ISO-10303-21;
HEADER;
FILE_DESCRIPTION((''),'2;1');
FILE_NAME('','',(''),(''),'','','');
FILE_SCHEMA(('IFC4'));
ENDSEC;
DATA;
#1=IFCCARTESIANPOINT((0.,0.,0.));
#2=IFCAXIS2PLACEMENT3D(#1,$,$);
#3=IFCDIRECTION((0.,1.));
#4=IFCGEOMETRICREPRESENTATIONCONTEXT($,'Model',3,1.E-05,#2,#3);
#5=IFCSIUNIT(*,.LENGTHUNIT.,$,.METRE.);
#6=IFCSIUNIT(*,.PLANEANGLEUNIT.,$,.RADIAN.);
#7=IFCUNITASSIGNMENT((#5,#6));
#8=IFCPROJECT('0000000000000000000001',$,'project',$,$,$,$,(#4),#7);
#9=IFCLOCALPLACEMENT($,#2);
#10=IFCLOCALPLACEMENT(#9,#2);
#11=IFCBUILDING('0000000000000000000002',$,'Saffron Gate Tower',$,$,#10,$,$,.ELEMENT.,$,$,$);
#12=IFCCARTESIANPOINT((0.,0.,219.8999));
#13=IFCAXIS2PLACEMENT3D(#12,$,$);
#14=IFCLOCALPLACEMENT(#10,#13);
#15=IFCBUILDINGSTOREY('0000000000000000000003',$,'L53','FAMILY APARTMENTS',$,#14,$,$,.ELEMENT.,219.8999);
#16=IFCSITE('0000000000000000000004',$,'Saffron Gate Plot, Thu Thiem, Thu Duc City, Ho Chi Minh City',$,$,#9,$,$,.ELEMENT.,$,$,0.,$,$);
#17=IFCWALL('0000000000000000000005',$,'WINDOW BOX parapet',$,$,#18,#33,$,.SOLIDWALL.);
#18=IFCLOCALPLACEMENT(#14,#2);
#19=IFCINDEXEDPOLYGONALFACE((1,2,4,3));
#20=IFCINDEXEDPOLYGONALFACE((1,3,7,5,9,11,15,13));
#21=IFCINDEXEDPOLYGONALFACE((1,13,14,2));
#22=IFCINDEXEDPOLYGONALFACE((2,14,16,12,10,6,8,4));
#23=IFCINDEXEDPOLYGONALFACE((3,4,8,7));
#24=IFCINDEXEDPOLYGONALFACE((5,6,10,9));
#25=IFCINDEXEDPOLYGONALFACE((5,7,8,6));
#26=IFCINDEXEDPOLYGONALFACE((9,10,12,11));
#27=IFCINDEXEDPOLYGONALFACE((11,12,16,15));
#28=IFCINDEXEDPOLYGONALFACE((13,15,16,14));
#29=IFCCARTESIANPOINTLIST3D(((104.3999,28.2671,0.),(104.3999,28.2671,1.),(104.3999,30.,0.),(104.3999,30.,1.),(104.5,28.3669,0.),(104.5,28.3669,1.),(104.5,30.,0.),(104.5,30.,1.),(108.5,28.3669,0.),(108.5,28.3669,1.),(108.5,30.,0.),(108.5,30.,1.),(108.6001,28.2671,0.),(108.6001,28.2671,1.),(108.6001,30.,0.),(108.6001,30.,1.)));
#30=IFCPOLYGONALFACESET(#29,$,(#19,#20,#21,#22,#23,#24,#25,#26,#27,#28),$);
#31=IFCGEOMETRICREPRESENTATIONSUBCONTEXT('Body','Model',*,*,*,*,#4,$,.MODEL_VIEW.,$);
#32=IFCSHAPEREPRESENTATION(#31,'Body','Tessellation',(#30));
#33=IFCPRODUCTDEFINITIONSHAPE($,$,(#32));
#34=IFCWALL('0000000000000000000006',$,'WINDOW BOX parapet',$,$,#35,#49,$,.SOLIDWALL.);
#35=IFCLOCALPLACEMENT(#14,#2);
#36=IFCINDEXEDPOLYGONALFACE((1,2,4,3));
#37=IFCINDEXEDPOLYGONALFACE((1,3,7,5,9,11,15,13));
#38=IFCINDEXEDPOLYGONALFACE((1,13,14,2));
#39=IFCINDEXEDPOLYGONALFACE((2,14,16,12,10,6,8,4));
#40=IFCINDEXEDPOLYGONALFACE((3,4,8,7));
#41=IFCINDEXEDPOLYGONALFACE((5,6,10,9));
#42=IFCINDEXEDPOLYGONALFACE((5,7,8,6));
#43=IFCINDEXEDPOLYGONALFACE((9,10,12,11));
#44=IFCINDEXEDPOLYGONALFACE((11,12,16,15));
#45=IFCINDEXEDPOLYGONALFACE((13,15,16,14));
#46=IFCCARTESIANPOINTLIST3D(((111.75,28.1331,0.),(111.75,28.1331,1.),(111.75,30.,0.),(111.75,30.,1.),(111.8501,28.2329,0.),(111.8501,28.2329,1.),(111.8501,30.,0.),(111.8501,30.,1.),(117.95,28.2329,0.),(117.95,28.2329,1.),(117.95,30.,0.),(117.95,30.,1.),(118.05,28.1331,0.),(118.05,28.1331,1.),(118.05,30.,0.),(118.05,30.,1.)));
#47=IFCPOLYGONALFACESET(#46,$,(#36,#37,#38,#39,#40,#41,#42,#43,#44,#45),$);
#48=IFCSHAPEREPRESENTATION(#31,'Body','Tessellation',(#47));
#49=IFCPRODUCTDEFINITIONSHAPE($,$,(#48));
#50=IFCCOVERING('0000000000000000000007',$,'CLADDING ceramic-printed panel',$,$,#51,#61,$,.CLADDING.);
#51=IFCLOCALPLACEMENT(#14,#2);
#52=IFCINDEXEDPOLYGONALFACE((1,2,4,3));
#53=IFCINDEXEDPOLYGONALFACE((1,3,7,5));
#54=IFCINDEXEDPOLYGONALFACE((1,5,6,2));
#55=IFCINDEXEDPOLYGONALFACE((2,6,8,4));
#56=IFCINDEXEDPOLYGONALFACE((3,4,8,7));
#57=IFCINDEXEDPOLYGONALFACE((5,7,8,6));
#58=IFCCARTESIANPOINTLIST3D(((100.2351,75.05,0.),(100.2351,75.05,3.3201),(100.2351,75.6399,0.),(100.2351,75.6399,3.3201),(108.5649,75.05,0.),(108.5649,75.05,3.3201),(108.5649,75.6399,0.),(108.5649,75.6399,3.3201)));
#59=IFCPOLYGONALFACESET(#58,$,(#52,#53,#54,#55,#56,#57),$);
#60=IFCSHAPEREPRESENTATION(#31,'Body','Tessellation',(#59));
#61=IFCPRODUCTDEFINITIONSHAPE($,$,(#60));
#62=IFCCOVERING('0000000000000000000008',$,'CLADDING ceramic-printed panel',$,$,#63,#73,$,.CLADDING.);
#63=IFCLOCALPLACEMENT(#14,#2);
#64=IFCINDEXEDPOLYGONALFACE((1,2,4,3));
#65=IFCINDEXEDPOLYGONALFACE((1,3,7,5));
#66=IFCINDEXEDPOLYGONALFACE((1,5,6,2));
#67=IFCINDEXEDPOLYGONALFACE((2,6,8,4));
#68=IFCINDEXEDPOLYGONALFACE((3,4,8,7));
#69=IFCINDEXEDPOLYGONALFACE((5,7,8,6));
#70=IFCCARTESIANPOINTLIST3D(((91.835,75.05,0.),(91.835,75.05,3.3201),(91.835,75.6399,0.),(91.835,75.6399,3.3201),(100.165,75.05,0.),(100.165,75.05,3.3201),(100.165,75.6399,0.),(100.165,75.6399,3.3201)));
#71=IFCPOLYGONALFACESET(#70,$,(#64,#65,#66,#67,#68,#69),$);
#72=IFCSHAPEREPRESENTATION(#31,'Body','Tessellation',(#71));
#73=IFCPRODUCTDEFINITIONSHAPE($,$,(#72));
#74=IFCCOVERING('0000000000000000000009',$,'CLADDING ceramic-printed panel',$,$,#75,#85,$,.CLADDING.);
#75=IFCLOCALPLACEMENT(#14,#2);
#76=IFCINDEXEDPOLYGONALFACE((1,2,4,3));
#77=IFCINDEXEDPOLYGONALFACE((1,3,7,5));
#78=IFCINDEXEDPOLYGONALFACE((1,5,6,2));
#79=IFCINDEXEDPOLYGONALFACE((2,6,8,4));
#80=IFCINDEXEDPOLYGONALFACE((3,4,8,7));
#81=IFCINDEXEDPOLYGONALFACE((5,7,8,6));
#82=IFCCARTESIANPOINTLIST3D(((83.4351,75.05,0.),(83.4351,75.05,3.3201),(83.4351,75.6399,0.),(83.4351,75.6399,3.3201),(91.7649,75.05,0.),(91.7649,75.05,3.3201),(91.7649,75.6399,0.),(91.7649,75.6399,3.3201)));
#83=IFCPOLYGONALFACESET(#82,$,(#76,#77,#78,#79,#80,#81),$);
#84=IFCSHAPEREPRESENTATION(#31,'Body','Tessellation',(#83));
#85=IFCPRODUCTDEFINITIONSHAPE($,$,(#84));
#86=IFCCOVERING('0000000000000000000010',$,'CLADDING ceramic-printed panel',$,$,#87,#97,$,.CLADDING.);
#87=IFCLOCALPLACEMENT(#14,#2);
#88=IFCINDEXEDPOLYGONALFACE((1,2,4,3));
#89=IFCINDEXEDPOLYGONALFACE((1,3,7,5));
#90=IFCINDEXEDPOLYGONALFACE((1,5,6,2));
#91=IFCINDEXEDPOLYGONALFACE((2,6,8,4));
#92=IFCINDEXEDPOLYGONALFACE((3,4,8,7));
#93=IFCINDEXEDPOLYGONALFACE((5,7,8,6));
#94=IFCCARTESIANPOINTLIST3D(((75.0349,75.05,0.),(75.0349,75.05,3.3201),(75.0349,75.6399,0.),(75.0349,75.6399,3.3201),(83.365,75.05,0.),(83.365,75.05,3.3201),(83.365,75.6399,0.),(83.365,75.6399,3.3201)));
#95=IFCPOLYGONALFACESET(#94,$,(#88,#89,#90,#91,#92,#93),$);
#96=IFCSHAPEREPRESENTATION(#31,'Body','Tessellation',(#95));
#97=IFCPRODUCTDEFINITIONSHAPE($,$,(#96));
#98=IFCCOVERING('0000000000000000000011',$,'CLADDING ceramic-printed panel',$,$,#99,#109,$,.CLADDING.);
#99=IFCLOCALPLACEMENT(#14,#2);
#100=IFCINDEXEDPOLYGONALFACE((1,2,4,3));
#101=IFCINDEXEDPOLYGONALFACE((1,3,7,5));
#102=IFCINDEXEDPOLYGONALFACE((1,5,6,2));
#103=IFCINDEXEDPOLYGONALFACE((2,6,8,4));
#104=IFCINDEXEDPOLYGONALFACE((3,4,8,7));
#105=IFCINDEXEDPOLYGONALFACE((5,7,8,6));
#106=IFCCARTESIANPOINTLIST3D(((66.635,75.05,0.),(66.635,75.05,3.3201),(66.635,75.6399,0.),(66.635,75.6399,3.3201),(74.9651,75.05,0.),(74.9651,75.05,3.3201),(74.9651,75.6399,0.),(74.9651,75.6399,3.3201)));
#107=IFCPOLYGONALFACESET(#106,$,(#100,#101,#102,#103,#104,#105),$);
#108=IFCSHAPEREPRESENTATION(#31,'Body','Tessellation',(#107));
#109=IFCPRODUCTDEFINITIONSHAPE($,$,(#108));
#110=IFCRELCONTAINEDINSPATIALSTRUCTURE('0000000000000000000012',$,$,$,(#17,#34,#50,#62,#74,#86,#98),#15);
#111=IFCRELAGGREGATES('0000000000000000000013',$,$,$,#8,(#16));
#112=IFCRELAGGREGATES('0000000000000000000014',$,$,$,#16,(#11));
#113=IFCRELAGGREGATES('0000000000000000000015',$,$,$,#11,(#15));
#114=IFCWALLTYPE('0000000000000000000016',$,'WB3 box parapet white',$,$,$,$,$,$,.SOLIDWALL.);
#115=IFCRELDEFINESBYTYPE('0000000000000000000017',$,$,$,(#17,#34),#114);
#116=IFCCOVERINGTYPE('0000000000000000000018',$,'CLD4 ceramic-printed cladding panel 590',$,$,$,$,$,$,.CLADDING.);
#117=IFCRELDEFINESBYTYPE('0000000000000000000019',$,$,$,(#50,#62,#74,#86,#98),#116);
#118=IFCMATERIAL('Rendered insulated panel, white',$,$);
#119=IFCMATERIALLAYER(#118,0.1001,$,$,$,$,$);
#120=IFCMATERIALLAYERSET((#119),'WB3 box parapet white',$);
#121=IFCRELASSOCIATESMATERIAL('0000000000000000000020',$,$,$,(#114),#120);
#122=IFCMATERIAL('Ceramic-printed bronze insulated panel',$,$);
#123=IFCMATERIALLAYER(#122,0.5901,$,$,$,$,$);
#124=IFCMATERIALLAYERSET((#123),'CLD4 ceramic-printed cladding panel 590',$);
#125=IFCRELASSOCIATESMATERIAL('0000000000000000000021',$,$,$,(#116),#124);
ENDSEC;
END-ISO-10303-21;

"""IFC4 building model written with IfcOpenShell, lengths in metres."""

from ifc_helpers import new_model, si_unit, direction, frame, origin, place, context, subcontext, project, spatial, polyline, outline, extrude, material, layer, layer_set, type_object, element, save


model = new_model("IFC4")

# Units and contexts
model_context = context("Model", 3, precision=1e-05, world=origin(), true_north=direction((0.0, 1.0)))
body_context = subcontext(model_context, "Body", "Model", "MODEL_VIEW")
ifc_project = project(units=[si_unit("LENGTHUNIT", "METRE"), si_unit("PLANEANGLEUNIT", "RADIAN")], contexts=[model_context])

# Site, building, storey
site_placement = place(None, origin())
site = spatial("IfcSite", under=ifc_project, at=site_placement, Name="Saffron Gate Plot, Thu Thiem, Thu Duc City, Ho Chi Minh City", CompositionType="ELEMENT", RefElevation=0.0)
building_placement = place(site_placement, origin())
building = spatial("IfcBuilding", under=site, at=building_placement, Name="Saffron Gate Tower", CompositionType="ELEMENT")
storey_placement = place(building_placement, frame((0.0, 0.0, 219.8999)))
storey = spatial("IfcBuildingStorey", under=building, at=storey_placement, Name="L53", Description="FAMILY APARTMENTS", CompositionType="ELEMENT", Elevation=219.8999)

# Walls
ifc_material_1 = material(Name="Rendered insulated panel, white")
ifc_layer_1 = layer(ifc_material_1, 0.1001)
ifc_layer_set_1 = layer_set([ifc_layer_1], Name="WB3 box parapet white")
wall_type = type_object("IfcWallType", Name="WB3 box parapet white", PredefinedType="SOLIDWALL", material=ifc_layer_set_1)
wall_1_placement = place(storey_placement, origin())
element("IfcWall", 1, at=wall_1_placement, inside=storey, type_object=wall_type, Name="WINDOW BOX parapet", PredefinedType="SOLIDWALL", context=body_context, shape_type="SweptSolid", body=[
    extrude(outline(polyline([(104.3999, 30.0), (104.5, 30.0), (104.5, 28.3669), (108.5, 28.3669), (108.5, 30.0), (108.6001, 30.0), (108.6001, 28.2671), (104.3999, 28.2671), (104.3999, 30.0)])), origin(), (0.0, 0.0, 1.0), 1.0),
])
wall_2_placement = place(storey_placement, origin())
element("IfcWall", 2, at=wall_2_placement, inside=storey, type_object=wall_type, Name="WINDOW BOX parapet", PredefinedType="SOLIDWALL", context=body_context, shape_type="SweptSolid", body=[
    extrude(outline(polyline([(111.75, 30.0), (111.8501, 30.0), (111.8501, 28.2329), (117.95, 28.2329), (117.95, 30.0), (118.05, 30.0), (118.05, 28.1331), (111.75, 28.1331), (111.75, 30.0)])), origin(), (0.0, 0.0, 1.0), 1.0),
])

# Coverings
ifc_material_2 = material(Name="Ceramic-printed bronze insulated panel")
ifc_layer_2 = layer(ifc_material_2, 0.5901)
ifc_layer_set_2 = layer_set([ifc_layer_2], Name="CLD4 ceramic-printed cladding panel 590")
covering_type = type_object("IfcCoveringType", Name="CLD4 ceramic-printed cladding panel 590", PredefinedType="CLADDING", material=ifc_layer_set_2)
covering_1_placement = place(storey_placement, origin())
element("IfcCovering", 3, at=covering_1_placement, inside=storey, type_object=covering_type, Name="CLADDING ceramic-printed panel", PredefinedType="CLADDING", context=body_context, shape_type="SweptSolid", body=[
    extrude(outline(polyline([(108.5649, 75.6399), (100.2351, 75.6399), (100.2351, 75.05), (108.5649, 75.05), (108.5649, 75.6399)])), origin(), (0.0, 0.0, 1.0), 3.3201),
])
covering_2_placement = place(storey_placement, origin())
element("IfcCovering", 4, at=covering_2_placement, inside=storey, type_object=covering_type, Name="CLADDING ceramic-printed panel", PredefinedType="CLADDING", context=body_context, shape_type="SweptSolid", body=[
    extrude(outline(polyline([(100.165, 75.6399), (91.835, 75.6399), (91.835, 75.05), (100.165, 75.05), (100.165, 75.6399)])), origin(), (0.0, 0.0, 1.0), 3.3201),
])
covering_3_placement = place(storey_placement, origin())
element("IfcCovering", 5, at=covering_3_placement, inside=storey, type_object=covering_type, Name="CLADDING ceramic-printed panel", PredefinedType="CLADDING", context=body_context, shape_type="SweptSolid", body=[
    extrude(outline(polyline([(91.7649, 75.6399), (83.4351, 75.6399), (83.4351, 75.05), (91.7649, 75.05), (91.7649, 75.6399)])), origin(), (0.0, 0.0, 1.0), 3.3201),
])
covering_4_placement = place(storey_placement, origin())
element("IfcCovering", 6, at=covering_4_placement, inside=storey, type_object=covering_type, Name="CLADDING ceramic-printed panel", PredefinedType="CLADDING", context=body_context, shape_type="SweptSolid", body=[
    extrude(outline(polyline([(83.365, 75.6399), (75.0349, 75.6399), (75.0349, 75.05), (83.365, 75.05), (83.365, 75.6399)])), origin(), (0.0, 0.0, 1.0), 3.3201),
])
covering_5_placement = place(storey_placement, origin())
element("IfcCovering", 7, at=covering_5_placement, inside=storey, type_object=covering_type, Name="CLADDING ceramic-printed panel", PredefinedType="CLADDING", context=body_context, shape_type="SweptSolid", body=[
    extrude(outline(polyline([(74.9651, 75.6399), (66.635, 75.6399), (66.635, 75.05), (74.9651, 75.05), (74.9651, 75.6399)])), origin(), (0.0, 0.0, 1.0), 3.3201),
])

save(model, "model.ifc")
